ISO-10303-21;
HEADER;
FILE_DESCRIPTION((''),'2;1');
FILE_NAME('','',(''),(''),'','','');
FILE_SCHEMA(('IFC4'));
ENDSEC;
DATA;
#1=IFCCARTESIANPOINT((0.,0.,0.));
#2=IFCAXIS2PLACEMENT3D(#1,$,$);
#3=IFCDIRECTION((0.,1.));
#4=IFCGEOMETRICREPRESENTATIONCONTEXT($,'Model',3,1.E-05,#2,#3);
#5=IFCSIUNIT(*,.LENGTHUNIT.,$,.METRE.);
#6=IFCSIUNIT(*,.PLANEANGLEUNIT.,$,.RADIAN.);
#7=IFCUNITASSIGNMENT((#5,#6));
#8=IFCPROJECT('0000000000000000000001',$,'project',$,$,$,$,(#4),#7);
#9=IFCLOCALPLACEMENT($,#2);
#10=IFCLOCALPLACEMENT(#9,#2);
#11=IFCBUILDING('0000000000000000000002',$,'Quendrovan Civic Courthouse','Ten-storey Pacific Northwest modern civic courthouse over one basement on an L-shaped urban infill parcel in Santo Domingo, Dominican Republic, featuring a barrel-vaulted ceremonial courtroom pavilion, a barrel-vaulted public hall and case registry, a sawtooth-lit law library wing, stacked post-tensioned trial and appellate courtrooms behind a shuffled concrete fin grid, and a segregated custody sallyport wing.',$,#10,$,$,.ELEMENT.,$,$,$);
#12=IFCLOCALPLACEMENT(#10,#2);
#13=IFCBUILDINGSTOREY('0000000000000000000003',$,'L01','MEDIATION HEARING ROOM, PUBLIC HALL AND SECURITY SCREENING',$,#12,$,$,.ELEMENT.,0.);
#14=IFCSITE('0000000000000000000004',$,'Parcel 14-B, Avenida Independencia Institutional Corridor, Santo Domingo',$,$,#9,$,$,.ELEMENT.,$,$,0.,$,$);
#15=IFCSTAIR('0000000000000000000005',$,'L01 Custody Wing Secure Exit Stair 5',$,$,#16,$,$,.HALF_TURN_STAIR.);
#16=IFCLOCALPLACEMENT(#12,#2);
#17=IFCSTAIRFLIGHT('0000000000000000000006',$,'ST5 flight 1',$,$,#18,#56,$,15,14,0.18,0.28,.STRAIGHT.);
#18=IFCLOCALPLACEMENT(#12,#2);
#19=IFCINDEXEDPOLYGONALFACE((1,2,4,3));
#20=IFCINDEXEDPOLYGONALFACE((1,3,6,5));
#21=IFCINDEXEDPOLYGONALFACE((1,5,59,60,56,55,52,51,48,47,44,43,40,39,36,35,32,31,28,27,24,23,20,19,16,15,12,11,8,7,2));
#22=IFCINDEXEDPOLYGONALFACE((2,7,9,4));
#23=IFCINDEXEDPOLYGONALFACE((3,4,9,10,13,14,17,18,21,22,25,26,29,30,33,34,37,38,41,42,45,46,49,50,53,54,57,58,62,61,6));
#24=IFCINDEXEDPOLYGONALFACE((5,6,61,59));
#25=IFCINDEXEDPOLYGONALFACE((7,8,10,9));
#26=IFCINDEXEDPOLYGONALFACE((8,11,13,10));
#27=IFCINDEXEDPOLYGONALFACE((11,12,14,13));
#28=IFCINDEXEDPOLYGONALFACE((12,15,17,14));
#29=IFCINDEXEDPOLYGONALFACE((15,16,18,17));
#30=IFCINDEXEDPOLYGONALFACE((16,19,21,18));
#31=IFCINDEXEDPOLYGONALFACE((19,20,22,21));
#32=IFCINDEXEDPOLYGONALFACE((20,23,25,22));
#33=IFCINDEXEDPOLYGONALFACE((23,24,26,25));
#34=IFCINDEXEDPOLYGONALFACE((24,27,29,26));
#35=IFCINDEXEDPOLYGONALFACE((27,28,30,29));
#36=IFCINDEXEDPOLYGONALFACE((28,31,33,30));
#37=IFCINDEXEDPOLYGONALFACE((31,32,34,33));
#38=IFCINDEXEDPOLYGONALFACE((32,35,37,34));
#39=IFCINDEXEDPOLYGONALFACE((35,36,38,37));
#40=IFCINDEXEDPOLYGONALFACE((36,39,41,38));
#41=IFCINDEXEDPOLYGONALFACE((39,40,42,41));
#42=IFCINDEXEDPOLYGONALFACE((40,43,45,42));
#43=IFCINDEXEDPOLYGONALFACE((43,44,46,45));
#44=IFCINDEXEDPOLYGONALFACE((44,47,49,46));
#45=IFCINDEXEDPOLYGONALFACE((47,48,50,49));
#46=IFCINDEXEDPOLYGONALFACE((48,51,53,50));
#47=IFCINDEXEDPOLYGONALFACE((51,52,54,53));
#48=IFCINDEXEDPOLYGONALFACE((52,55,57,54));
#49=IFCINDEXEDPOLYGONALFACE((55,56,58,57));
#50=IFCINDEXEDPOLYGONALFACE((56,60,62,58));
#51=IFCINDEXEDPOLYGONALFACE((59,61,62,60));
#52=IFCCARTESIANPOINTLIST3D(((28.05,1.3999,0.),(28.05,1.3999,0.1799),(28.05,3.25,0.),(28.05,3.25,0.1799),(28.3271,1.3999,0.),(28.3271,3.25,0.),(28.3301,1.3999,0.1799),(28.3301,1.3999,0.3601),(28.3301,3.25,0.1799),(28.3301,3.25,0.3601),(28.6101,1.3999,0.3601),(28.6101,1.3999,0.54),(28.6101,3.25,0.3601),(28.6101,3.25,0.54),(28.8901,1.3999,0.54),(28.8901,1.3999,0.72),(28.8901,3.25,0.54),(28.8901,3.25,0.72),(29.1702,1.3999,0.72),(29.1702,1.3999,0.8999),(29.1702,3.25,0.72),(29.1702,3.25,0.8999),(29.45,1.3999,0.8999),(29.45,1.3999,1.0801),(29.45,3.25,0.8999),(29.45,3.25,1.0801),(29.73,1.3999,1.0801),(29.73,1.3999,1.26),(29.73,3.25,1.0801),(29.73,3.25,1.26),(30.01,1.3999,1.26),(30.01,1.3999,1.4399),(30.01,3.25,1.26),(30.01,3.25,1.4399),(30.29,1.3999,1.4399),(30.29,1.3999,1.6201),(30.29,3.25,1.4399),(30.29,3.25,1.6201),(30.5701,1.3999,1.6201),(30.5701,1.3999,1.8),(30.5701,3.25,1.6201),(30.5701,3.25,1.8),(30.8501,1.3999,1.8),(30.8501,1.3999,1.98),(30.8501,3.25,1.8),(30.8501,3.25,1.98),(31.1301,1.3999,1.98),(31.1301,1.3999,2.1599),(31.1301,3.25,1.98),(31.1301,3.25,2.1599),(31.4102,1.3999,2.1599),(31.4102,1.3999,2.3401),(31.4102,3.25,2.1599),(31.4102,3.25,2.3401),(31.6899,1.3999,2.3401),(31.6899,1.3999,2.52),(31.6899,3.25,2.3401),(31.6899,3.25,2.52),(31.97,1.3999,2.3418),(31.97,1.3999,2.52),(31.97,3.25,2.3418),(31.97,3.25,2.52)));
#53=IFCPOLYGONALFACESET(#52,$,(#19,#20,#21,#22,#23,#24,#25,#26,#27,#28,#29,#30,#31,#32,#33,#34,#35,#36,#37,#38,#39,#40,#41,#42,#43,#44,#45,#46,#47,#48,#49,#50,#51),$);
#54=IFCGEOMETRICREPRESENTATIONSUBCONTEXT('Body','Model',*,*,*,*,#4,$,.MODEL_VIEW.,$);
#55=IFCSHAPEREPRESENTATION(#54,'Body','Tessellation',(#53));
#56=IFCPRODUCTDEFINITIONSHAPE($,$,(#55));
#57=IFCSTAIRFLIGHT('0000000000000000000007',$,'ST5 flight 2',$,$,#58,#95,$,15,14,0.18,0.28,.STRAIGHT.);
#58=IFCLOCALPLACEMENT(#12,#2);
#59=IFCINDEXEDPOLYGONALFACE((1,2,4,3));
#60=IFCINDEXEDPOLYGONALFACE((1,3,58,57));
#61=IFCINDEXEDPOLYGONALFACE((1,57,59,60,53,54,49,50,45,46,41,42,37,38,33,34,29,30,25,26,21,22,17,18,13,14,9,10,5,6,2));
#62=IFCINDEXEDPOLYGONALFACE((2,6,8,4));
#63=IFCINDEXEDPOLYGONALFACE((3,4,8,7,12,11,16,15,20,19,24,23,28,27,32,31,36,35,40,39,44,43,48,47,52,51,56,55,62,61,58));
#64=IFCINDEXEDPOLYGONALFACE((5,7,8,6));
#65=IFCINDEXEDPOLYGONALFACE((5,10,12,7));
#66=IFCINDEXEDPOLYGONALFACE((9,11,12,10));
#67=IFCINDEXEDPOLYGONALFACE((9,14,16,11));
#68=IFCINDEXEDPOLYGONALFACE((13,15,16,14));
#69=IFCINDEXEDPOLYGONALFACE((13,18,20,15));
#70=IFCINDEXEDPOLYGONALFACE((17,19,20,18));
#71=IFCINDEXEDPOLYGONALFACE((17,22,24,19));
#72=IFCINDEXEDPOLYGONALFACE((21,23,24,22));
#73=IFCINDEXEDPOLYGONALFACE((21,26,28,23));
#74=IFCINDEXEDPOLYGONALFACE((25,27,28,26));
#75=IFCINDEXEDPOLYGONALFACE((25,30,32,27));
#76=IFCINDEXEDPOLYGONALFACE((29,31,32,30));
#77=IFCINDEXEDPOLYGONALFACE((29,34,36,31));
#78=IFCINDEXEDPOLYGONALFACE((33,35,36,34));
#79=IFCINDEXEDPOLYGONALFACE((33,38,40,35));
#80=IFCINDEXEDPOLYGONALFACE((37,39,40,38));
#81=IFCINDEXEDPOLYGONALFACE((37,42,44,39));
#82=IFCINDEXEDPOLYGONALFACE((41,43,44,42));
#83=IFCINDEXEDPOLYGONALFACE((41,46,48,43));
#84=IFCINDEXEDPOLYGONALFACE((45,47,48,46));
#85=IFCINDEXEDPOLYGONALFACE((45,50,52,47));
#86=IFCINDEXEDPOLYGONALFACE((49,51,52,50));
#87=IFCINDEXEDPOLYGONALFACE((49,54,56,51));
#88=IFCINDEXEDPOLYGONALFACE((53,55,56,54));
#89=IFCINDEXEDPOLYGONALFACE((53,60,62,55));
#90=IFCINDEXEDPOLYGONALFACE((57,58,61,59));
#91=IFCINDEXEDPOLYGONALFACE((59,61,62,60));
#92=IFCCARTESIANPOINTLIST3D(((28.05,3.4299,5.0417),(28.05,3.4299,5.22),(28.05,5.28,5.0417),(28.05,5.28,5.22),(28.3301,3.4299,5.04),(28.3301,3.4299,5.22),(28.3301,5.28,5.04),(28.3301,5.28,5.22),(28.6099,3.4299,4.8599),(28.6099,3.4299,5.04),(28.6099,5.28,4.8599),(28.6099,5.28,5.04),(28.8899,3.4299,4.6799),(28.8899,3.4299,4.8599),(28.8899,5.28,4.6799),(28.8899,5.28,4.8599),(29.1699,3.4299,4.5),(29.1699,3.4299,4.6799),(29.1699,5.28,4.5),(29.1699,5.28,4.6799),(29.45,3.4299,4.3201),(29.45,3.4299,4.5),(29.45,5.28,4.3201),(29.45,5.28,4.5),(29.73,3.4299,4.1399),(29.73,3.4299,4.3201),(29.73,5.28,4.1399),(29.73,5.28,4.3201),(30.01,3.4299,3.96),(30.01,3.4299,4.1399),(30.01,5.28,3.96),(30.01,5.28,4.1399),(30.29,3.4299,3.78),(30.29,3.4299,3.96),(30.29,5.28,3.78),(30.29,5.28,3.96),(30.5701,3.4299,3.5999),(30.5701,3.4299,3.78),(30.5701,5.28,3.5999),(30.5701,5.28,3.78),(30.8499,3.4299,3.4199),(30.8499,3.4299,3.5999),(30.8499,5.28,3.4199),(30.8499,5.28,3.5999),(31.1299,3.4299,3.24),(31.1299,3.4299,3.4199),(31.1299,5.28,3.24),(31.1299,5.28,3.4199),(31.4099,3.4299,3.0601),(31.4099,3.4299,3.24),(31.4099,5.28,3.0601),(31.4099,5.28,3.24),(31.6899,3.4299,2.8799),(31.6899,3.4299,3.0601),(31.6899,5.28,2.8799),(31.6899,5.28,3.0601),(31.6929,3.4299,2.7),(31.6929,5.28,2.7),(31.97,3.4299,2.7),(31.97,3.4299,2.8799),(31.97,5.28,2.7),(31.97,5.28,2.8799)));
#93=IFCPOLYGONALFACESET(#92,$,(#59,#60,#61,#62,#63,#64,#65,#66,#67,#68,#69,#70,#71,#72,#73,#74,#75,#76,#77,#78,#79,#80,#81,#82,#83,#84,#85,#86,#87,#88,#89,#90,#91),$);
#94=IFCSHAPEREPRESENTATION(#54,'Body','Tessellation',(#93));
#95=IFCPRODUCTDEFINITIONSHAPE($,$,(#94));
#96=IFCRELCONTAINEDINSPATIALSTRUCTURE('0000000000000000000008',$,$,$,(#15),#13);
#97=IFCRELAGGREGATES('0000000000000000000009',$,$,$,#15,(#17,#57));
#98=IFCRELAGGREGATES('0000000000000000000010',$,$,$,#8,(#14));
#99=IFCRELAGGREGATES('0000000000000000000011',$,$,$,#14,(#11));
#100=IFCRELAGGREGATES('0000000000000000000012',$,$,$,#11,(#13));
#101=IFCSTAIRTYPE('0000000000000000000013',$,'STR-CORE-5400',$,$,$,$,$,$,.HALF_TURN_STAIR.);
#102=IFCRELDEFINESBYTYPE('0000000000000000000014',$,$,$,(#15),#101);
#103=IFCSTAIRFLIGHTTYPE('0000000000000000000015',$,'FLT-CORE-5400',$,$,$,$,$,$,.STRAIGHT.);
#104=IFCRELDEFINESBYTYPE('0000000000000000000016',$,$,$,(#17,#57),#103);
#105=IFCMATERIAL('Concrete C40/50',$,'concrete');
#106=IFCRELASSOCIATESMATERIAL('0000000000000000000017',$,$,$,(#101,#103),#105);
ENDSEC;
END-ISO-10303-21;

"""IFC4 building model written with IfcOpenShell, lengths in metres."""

from ifc_helpers import new_model, si_unit, direction, frame, origin, place, context, subcontext, project, spatial, polyline, outline, extrude, material, type_object, element, aggregate, save


model = new_model("IFC4")

# Units and contexts
model_context = context("Model", 3, precision=1e-05, world=origin(), true_north=direction((0.0, 1.0)))
body_context = subcontext(model_context, "Body", "Model", "MODEL_VIEW")
ifc_project = project(units=[si_unit("LENGTHUNIT", "METRE"), si_unit("PLANEANGLEUNIT", "RADIAN")], contexts=[model_context])

# Site, building, storey
site_placement = place(None, origin())
site = spatial("IfcSite", under=ifc_project, at=site_placement, Name="Parcel 14-B, Avenida Independencia Institutional Corridor, Santo Domingo", CompositionType="ELEMENT", RefElevation=0.0)
building_placement = place(site_placement, origin())
building = spatial("IfcBuilding", under=site, at=building_placement, Name="Quendrovan Civic Courthouse", Description="Ten-storey Pacific Northwest modern civic courthouse over one basement on an L-shaped urban infill parcel in Santo Domingo, Dominican Republic, featuring a barrel-vaulted ceremonial courtroom pavilion, a barrel-vaulted public hall and case registry, a sawtooth-lit law library wing, stacked post-tensioned trial and appellate courtrooms behind a shuffled concrete fin grid, and a segregated custody sallyport wing.", CompositionType="ELEMENT")
storey_placement = place(building_placement, origin())
storey = spatial("IfcBuildingStorey", under=building, at=storey_placement, Name="L01", Description="MEDIATION HEARING ROOM, PUBLIC HALL AND SECURITY SCREENING", CompositionType="ELEMENT", Elevation=0.0)

# Shared definitions
ifc_material_1 = material(Name="Concrete C40/50", Category="concrete")

# Stair, stair flights
stair_type = type_object("IfcStairType", Name="STR-CORE-5400", PredefinedType="HALF_TURN_STAIR", material=ifc_material_1)
stair_placement = place(storey_placement, origin())
stair = element("IfcStair", 1, at=stair_placement, inside=storey, type_object=stair_type, Name="L01 Custody Wing Secure Exit Stair 5", PredefinedType="HALF_TURN_STAIR")
stair_flight_type = type_object("IfcStairFlightType", Name="FLT-CORE-5400", PredefinedType="STRAIGHT", material=ifc_material_1)
stair_flight_1_placement = place(storey_placement, frame((28.05, 2.325, 0.0), z_axis=(0.0, 0.0, 1.0), x_axis=(1.0, 0.0, 0.0)))
stair_flight_1 = element("IfcStairFlight", 2, at=stair_flight_1_placement, type_object=stair_flight_type, Name="ST5 flight 1", NumberOfRisers=15, NumberOfTreads=14, PredefinedType="STRAIGHT", RiserHeight=0.18, TreadLength=0.28, context=body_context, shape_type="SweptSolid", body=[
    extrude(outline(polyline([(0.0, 0.0), (0.0, 0.1799), (0.28, 0.1799), (0.28, 0.3601), (0.5601, 0.3601), (0.5601, 0.54), (0.8401, 0.54), (0.8401, 0.72), (1.1201, 0.72), (1.1201, 0.8999), (1.3999, 0.8999), (1.3999, 1.0801), (1.6799, 1.0801), (1.6799, 1.26), (1.96, 1.26), (1.96, 1.4399), (2.24, 1.4399), (2.24, 1.6201), (2.52, 1.6201), (2.52, 1.8), (2.8, 1.8), (2.8, 1.98), (3.0801, 1.98), (3.0801, 2.1599), (3.3601, 2.1599), (3.3601, 2.3401), (3.6399, 2.3401), (3.6399, 2.52), (3.9199, 2.52), (3.9199, 2.7), (3.9199, 2.3418), (0.2771, 0.0), (0.0, 0.0)])), frame((0.0, 0.925, 0.0), z_axis=(0.0, -1.0, 0.0), x_axis=(1.0, 0.0, 0.0)), (0.0, 0.0, 1.0), 1.8501),
])
stair_flight_2_placement = place(storey_placement, frame((31.97, 4.355, 2.7), z_axis=(0.0, 0.0, 1.0), x_axis=(-1.0, 0.0, 0.0)))
stair_flight_2 = element("IfcStairFlight", 3, at=stair_flight_2_placement, type_object=stair_flight_type, Name="ST5 flight 2", NumberOfRisers=15, NumberOfTreads=14, PredefinedType="STRAIGHT", RiserHeight=0.18, TreadLength=0.28, context=body_context, shape_type="SweptSolid", body=[
    extrude(outline(polyline([(0.0, 0.0), (0.0, 0.1799), (0.28, 0.1799), (0.28, 0.3601), (0.5601, 0.3601), (0.5601, 0.54), (0.8401, 0.54), (0.8401, 0.72), (1.1201, 0.72), (1.1201, 0.8999), (1.3999, 0.8999), (1.3999, 1.0801), (1.6799, 1.0801), (1.6799, 1.26), (1.96, 1.26), (1.96, 1.4399), (2.24, 1.4399), (2.24, 1.6201), (2.52, 1.6201), (2.52, 1.8), (2.8, 1.8), (2.8, 1.98), (3.0801, 1.98), (3.0801, 2.1599), (3.3601, 2.1599), (3.3601, 2.3401), (3.6399, 2.3401), (3.6399, 2.52), (3.9199, 2.52), (3.9199, 2.7), (3.9199, 2.3418), (0.2771, 0.0), (0.0, 0.0)])), frame((0.0, 0.925, 0.0), z_axis=(0.0, -1.0, 0.0), x_axis=(1.0, 0.0, 0.0)), (0.0, 0.0, 1.0), 1.8501),
])
aggregate(stair, [stair_flight_1, stair_flight_2])

save(model, "model.ifc")
